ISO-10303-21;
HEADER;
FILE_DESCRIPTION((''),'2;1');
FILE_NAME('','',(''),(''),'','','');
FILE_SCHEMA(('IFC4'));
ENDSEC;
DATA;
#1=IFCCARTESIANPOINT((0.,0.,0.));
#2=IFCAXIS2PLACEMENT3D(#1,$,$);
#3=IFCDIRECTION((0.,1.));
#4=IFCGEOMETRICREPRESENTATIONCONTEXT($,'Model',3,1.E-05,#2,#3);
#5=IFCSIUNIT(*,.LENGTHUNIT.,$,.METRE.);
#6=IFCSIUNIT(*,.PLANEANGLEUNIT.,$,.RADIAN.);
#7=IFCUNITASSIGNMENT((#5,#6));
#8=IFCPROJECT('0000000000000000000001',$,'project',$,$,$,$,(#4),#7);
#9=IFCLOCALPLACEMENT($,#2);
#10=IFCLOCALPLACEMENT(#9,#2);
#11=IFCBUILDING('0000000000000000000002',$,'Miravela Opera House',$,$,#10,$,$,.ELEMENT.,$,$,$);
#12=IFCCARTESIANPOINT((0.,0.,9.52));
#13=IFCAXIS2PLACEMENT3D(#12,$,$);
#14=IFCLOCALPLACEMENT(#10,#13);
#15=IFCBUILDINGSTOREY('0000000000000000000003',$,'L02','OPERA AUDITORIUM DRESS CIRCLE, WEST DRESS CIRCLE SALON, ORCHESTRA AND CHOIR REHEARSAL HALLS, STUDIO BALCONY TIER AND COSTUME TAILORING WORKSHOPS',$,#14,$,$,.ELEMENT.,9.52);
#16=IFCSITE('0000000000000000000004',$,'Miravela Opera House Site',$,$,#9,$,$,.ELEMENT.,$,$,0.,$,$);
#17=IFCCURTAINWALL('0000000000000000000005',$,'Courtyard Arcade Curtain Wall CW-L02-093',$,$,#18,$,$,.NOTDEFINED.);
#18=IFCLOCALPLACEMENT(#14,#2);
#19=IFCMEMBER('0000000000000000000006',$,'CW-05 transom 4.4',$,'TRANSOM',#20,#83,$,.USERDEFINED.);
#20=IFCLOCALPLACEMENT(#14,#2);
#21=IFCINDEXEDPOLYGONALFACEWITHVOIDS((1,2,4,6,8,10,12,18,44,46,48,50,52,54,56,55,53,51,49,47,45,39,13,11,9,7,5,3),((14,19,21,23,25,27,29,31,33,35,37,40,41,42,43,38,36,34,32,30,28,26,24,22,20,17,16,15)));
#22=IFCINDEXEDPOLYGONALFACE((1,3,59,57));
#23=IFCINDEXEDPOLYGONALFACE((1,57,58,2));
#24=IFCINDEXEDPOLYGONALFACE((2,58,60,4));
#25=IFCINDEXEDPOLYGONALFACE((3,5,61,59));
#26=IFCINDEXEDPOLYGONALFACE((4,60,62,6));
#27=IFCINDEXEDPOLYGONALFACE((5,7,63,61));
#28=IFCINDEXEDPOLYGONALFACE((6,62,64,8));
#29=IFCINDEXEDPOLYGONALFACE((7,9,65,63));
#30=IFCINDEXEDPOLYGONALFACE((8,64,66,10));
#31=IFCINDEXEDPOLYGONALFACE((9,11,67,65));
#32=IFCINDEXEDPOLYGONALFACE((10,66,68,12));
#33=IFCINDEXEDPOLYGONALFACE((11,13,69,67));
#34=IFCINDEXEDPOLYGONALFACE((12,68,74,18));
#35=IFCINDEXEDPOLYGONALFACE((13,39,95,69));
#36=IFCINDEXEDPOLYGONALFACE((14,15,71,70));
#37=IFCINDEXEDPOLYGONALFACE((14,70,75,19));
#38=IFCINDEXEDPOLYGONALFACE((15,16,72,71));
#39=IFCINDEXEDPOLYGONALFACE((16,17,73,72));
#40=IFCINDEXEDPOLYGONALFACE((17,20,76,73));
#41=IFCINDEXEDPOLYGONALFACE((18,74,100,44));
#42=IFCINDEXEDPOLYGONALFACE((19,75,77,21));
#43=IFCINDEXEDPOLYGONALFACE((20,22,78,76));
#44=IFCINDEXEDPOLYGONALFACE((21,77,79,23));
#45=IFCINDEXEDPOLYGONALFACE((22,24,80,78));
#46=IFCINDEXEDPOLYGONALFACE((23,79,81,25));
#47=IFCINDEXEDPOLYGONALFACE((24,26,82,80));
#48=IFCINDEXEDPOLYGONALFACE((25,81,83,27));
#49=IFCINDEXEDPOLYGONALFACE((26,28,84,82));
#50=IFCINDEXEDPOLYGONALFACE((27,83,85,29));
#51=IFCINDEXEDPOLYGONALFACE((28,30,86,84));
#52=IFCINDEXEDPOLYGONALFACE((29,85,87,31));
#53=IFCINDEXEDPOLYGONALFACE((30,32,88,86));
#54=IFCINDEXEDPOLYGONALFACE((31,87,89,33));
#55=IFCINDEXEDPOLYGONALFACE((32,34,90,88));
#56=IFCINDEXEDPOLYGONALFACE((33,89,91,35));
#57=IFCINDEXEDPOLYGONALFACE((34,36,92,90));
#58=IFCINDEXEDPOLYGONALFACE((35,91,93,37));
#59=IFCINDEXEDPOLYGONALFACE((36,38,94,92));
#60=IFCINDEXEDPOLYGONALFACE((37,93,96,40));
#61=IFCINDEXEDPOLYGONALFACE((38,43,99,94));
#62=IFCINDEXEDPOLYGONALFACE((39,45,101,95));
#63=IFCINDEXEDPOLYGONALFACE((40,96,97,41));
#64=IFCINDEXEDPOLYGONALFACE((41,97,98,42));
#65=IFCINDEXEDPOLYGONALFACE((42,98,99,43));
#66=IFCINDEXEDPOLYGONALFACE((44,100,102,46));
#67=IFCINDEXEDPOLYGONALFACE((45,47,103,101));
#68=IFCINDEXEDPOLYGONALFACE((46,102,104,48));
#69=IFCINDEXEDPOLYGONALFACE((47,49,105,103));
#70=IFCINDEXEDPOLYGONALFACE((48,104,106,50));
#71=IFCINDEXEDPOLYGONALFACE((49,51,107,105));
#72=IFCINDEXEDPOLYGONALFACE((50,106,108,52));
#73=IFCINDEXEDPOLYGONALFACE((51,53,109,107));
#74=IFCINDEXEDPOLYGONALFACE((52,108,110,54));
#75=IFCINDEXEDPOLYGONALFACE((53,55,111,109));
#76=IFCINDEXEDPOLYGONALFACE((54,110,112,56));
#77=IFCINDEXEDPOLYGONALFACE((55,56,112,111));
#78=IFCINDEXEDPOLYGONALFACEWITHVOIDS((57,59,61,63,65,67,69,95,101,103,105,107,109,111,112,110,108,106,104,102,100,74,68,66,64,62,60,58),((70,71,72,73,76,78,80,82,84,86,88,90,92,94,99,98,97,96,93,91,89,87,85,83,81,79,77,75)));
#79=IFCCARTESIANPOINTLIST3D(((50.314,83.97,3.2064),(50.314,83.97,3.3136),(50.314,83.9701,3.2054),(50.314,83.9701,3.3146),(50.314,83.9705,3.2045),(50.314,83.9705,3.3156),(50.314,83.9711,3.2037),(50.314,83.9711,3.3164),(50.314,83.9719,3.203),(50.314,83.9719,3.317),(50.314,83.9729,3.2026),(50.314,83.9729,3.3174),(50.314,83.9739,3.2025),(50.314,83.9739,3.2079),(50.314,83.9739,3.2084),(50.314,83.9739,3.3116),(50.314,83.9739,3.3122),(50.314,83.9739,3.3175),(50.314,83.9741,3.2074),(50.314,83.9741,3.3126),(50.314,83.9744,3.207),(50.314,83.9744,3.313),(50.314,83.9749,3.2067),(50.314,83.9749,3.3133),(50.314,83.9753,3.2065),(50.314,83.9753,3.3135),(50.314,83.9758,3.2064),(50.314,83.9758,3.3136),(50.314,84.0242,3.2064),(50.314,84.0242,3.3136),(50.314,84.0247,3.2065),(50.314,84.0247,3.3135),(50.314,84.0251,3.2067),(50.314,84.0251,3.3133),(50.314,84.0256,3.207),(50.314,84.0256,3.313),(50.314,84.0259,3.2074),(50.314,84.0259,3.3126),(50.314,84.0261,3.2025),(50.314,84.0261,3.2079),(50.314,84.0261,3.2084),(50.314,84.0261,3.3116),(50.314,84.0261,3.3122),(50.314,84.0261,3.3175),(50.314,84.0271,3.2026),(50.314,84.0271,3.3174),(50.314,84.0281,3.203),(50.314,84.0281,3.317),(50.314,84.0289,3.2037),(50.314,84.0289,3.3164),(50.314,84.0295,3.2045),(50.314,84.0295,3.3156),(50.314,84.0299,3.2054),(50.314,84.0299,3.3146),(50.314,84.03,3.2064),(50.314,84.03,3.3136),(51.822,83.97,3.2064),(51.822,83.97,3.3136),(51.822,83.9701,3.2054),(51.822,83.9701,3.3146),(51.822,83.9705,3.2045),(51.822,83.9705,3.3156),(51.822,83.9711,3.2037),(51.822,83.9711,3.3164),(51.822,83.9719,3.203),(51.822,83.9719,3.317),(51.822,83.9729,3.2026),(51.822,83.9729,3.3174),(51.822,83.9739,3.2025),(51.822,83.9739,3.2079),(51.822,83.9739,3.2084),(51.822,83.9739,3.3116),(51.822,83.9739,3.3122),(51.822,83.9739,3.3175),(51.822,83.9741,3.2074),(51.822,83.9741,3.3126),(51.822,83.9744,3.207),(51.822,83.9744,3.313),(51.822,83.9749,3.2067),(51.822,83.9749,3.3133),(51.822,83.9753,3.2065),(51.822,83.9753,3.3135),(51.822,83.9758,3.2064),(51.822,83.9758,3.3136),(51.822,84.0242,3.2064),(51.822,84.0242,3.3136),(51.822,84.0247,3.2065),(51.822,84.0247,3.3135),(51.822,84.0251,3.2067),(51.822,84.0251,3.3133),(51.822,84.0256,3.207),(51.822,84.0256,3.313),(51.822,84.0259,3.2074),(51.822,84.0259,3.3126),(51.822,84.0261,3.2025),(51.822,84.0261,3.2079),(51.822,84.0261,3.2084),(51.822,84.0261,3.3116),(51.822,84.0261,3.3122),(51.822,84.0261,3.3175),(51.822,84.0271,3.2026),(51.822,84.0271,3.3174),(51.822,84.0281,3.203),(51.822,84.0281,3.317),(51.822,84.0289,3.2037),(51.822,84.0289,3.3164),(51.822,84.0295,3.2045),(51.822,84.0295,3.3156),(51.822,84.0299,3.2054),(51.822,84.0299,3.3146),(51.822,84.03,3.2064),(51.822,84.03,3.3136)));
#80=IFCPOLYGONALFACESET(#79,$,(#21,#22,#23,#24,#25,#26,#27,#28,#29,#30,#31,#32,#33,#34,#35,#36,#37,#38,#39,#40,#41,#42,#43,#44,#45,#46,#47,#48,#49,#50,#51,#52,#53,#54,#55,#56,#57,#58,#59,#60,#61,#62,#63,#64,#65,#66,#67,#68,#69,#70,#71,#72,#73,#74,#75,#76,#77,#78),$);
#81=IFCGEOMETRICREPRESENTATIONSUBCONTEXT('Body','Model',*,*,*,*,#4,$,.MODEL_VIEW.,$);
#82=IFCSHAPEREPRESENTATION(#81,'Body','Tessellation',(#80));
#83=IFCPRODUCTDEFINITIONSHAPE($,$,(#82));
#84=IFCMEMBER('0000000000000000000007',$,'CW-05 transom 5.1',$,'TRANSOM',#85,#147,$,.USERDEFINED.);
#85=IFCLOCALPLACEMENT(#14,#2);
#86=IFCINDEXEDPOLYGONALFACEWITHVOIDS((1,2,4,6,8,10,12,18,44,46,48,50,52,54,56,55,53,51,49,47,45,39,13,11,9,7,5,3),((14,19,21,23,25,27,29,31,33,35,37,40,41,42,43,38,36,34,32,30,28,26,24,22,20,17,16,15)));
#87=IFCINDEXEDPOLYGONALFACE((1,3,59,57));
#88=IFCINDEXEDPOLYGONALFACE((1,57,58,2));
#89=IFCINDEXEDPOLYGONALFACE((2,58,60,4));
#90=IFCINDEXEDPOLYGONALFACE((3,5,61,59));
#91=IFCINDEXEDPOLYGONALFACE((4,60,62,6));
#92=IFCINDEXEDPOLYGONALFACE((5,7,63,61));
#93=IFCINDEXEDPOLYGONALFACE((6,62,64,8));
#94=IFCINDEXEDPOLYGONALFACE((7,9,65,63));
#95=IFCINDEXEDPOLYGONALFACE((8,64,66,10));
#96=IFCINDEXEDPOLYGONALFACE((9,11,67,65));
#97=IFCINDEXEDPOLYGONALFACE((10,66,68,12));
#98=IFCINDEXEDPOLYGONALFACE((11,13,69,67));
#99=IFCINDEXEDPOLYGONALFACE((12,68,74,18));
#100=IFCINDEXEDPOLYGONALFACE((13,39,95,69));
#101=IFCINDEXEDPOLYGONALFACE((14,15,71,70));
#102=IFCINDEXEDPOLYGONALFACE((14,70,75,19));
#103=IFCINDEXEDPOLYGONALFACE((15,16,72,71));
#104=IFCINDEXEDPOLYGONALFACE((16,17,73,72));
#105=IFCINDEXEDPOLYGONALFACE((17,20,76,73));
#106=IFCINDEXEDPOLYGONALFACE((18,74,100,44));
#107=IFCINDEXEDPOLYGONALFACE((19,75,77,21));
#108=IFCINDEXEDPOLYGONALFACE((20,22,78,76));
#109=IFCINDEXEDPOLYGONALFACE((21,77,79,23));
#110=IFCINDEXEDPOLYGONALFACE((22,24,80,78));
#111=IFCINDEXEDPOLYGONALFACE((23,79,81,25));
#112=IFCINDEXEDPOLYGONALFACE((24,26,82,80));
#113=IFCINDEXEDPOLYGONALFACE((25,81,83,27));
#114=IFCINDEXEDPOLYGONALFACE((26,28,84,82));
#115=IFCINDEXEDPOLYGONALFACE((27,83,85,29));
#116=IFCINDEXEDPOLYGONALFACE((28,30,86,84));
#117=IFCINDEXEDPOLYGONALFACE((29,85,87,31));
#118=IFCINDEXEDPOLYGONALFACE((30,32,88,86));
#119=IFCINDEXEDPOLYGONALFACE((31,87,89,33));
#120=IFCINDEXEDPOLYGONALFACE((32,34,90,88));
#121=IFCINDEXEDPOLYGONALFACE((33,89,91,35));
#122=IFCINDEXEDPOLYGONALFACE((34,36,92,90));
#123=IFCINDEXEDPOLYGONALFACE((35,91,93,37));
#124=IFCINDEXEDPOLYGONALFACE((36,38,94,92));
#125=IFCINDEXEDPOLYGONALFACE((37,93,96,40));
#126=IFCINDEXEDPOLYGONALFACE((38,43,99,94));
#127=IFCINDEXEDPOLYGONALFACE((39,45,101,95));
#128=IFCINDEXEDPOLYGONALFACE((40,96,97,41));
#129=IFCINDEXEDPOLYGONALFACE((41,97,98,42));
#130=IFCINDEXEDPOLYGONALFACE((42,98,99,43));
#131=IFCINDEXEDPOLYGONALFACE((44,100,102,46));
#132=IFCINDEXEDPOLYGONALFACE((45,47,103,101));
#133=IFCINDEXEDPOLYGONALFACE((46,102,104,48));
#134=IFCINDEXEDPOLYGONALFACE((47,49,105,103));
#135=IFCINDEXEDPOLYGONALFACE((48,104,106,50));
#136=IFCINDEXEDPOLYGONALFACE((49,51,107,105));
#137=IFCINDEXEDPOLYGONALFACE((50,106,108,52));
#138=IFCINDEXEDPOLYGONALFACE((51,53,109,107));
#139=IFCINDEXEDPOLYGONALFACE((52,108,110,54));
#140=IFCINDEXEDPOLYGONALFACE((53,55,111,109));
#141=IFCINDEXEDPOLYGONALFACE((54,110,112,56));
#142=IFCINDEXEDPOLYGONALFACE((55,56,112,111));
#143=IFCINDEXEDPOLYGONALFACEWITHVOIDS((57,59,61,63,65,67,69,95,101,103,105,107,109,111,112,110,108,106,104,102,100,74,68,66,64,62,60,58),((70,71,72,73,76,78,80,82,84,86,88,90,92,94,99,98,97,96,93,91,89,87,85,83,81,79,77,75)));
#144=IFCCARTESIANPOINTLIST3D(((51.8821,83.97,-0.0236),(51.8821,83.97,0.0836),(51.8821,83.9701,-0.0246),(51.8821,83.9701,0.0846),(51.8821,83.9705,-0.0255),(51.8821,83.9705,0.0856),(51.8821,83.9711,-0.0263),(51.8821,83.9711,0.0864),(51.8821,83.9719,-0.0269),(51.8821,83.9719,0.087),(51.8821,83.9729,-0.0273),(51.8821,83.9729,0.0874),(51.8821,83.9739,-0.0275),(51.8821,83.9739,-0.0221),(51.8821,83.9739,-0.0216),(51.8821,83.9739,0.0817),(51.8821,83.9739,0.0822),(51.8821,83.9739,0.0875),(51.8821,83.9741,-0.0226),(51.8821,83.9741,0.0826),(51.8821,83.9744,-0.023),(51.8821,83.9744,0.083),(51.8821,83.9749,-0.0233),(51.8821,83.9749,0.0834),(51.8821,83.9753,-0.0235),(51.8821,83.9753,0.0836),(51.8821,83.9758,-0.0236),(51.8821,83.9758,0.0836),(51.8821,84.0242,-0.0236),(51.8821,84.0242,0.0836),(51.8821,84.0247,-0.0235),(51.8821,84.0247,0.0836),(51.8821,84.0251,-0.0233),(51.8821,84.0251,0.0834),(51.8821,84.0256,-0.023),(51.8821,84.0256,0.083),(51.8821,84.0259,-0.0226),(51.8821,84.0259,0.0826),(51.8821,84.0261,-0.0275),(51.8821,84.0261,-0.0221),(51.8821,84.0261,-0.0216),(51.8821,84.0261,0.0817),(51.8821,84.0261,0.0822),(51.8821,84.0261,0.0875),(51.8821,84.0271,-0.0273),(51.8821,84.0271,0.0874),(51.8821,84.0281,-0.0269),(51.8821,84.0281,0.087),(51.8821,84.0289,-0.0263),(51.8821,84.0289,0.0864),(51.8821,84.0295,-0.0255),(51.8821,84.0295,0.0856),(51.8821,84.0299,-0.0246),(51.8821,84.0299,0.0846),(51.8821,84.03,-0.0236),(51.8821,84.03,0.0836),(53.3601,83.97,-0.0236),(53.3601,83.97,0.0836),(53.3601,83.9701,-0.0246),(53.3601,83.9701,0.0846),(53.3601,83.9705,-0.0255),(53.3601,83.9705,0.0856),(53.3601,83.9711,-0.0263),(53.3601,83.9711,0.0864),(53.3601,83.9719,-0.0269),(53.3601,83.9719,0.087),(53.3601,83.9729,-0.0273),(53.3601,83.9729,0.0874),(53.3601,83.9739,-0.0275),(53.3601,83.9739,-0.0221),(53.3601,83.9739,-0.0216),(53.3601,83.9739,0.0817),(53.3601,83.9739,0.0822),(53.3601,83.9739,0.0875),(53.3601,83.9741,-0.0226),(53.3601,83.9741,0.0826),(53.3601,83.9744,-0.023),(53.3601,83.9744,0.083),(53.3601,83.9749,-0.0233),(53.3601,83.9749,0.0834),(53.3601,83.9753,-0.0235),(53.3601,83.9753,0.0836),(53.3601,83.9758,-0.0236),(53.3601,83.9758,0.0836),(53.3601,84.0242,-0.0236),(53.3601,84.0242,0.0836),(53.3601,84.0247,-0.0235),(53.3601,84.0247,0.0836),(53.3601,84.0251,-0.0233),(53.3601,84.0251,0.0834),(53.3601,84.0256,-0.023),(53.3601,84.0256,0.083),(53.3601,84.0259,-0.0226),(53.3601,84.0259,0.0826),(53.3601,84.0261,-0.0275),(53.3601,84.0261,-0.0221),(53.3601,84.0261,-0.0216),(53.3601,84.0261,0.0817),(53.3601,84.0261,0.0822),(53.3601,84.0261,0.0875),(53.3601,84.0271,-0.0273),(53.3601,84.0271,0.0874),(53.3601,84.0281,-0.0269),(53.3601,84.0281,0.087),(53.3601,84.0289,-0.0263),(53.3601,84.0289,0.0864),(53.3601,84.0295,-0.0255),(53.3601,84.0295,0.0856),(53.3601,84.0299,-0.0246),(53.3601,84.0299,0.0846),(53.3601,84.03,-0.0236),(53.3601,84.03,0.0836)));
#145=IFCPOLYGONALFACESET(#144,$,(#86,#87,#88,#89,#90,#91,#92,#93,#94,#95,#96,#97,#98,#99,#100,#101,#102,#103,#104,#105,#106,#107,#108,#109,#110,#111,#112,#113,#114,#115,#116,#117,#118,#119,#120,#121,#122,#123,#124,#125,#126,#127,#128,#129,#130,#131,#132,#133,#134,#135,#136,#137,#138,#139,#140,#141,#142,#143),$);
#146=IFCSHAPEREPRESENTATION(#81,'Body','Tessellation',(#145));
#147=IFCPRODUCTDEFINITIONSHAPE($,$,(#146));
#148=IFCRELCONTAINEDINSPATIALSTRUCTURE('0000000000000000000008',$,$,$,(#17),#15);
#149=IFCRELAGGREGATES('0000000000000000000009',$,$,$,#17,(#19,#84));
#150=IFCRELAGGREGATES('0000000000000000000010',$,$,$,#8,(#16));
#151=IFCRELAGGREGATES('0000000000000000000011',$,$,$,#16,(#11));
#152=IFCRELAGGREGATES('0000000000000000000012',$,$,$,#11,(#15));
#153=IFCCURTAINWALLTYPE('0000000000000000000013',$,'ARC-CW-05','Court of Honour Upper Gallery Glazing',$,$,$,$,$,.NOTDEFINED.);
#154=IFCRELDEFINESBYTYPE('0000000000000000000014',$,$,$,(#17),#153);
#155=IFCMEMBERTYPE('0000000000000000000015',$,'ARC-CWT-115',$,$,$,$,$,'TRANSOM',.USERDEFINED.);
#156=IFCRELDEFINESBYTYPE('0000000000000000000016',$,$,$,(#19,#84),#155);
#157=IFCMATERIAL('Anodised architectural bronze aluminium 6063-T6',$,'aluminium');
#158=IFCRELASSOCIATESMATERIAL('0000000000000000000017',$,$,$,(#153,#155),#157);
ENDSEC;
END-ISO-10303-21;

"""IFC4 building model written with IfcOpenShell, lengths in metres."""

from ifc_helpers import new_model, si_unit, direction, frame, origin, origin_2d, place, context, subcontext, project, spatial, hollow_rectangle, extrude, material, material_profile, profile_set, type_object, element, aggregate, save


model = new_model("IFC4")

# Units and contexts
model_context = context("Model", 3, precision=1e-05, world=origin(), true_north=direction((0.0, 1.0)))
body_context = subcontext(model_context, "Body", "Model", "MODEL_VIEW")
ifc_project = project(units=[si_unit("LENGTHUNIT", "METRE"), si_unit("PLANEANGLEUNIT", "RADIAN")], contexts=[model_context])

# Site, building, storey
site_placement = place(None, origin())
site = spatial("IfcSite", under=ifc_project, at=site_placement, Name="Miravela Opera House Site", CompositionType="ELEMENT", RefElevation=0.0)
building_placement = place(site_placement, origin())
building = spatial("IfcBuilding", under=site, at=building_placement, Name="Miravela Opera House", CompositionType="ELEMENT")
storey_placement = place(building_placement, frame((0.0, 0.0, 9.52)))
storey = spatial("IfcBuildingStorey", under=building, at=storey_placement, Name="L02", Description="OPERA AUDITORIUM DRESS CIRCLE, WEST DRESS CIRCLE SALON, ORCHESTRA AND CHOIR REHEARSAL HALLS, STUDIO BALCONY TIER AND COSTUME TAILORING WORKSHOPS", CompositionType="ELEMENT", Elevation=9.52)

# Curtain wall, members
ifc_material_1 = material(Name="Anodised architectural bronze aluminium 6063-T6", Category="aluminium")
curtain_wall_type = type_object("IfcCurtainWallType", Name="ARC-CW-05", Description="Court of Honour Upper Gallery Glazing", PredefinedType="NOTDEFINED", material=ifc_material_1)
curtain_wall_placement = place(storey_placement, origin())
curtain_wall = element("IfcCurtainWall", 1, at=curtain_wall_placement, inside=storey, type_object=curtain_wall_type, Name="Courtyard Arcade Curtain Wall CW-L02-093", PredefinedType="NOTDEFINED")
ifc_material_profile_1 = material_profile(ifc_material_1, hollow_rectangle(XDim=0.0601, YDim=0.115, WallThickness=0.0039, InnerFilletRadius=0.002, OuterFilletRadius=0.0039, at=origin_2d()), Name="CWT-60X115")
ifc_profile_set_1 = profile_set([ifc_material_profile_1])
member_type_1 = type_object("IfcMemberType", Name="ARC-CWT-115", ElementType="TRANSOM", PredefinedType="USERDEFINED", material=ifc_profile_set_1)
member_1_placement = place(storey_placement, frame((50.314, 84.0, 3.26), z_axis=(1.0, 0.0, 0.0), x_axis=(0.0, 1.0, 0.0)))
member_1 = element("IfcMember", 2, at=member_1_placement, type_object=member_type_1, Name="CW-05 transom 4.4", ObjectType="TRANSOM", PredefinedType="USERDEFINED", context=body_context, shape_type="SweptSolid", body=[
    extrude(hollow_rectangle(XDim=0.0601, YDim=0.115, WallThickness=0.0039, InnerFilletRadius=0.002, OuterFilletRadius=0.0039, at=origin_2d()), origin(), (0.0, 0.0, 1.0), 1.5081),
])
member_2_placement = place(storey_placement, frame((51.8821, 84.0, 0.03), z_axis=(1.0, 0.0, 0.0), x_axis=(0.0, 1.0, 0.0)))
member_2 = element("IfcMember", 3, at=member_2_placement, type_object=member_type_1, Name="CW-05 transom 5.1", ObjectType="TRANSOM", PredefinedType="USERDEFINED", context=body_context, shape_type="SweptSolid", body=[
    extrude(hollow_rectangle(XDim=0.0601, YDim=0.115, WallThickness=0.0039, InnerFilletRadius=0.002, OuterFilletRadius=0.0039, at=origin_2d()), origin(), (0.0, 0.0, 1.0), 1.478),
])
aggregate(curtain_wall, [member_1, member_2])

save(model, "model.ifc")
